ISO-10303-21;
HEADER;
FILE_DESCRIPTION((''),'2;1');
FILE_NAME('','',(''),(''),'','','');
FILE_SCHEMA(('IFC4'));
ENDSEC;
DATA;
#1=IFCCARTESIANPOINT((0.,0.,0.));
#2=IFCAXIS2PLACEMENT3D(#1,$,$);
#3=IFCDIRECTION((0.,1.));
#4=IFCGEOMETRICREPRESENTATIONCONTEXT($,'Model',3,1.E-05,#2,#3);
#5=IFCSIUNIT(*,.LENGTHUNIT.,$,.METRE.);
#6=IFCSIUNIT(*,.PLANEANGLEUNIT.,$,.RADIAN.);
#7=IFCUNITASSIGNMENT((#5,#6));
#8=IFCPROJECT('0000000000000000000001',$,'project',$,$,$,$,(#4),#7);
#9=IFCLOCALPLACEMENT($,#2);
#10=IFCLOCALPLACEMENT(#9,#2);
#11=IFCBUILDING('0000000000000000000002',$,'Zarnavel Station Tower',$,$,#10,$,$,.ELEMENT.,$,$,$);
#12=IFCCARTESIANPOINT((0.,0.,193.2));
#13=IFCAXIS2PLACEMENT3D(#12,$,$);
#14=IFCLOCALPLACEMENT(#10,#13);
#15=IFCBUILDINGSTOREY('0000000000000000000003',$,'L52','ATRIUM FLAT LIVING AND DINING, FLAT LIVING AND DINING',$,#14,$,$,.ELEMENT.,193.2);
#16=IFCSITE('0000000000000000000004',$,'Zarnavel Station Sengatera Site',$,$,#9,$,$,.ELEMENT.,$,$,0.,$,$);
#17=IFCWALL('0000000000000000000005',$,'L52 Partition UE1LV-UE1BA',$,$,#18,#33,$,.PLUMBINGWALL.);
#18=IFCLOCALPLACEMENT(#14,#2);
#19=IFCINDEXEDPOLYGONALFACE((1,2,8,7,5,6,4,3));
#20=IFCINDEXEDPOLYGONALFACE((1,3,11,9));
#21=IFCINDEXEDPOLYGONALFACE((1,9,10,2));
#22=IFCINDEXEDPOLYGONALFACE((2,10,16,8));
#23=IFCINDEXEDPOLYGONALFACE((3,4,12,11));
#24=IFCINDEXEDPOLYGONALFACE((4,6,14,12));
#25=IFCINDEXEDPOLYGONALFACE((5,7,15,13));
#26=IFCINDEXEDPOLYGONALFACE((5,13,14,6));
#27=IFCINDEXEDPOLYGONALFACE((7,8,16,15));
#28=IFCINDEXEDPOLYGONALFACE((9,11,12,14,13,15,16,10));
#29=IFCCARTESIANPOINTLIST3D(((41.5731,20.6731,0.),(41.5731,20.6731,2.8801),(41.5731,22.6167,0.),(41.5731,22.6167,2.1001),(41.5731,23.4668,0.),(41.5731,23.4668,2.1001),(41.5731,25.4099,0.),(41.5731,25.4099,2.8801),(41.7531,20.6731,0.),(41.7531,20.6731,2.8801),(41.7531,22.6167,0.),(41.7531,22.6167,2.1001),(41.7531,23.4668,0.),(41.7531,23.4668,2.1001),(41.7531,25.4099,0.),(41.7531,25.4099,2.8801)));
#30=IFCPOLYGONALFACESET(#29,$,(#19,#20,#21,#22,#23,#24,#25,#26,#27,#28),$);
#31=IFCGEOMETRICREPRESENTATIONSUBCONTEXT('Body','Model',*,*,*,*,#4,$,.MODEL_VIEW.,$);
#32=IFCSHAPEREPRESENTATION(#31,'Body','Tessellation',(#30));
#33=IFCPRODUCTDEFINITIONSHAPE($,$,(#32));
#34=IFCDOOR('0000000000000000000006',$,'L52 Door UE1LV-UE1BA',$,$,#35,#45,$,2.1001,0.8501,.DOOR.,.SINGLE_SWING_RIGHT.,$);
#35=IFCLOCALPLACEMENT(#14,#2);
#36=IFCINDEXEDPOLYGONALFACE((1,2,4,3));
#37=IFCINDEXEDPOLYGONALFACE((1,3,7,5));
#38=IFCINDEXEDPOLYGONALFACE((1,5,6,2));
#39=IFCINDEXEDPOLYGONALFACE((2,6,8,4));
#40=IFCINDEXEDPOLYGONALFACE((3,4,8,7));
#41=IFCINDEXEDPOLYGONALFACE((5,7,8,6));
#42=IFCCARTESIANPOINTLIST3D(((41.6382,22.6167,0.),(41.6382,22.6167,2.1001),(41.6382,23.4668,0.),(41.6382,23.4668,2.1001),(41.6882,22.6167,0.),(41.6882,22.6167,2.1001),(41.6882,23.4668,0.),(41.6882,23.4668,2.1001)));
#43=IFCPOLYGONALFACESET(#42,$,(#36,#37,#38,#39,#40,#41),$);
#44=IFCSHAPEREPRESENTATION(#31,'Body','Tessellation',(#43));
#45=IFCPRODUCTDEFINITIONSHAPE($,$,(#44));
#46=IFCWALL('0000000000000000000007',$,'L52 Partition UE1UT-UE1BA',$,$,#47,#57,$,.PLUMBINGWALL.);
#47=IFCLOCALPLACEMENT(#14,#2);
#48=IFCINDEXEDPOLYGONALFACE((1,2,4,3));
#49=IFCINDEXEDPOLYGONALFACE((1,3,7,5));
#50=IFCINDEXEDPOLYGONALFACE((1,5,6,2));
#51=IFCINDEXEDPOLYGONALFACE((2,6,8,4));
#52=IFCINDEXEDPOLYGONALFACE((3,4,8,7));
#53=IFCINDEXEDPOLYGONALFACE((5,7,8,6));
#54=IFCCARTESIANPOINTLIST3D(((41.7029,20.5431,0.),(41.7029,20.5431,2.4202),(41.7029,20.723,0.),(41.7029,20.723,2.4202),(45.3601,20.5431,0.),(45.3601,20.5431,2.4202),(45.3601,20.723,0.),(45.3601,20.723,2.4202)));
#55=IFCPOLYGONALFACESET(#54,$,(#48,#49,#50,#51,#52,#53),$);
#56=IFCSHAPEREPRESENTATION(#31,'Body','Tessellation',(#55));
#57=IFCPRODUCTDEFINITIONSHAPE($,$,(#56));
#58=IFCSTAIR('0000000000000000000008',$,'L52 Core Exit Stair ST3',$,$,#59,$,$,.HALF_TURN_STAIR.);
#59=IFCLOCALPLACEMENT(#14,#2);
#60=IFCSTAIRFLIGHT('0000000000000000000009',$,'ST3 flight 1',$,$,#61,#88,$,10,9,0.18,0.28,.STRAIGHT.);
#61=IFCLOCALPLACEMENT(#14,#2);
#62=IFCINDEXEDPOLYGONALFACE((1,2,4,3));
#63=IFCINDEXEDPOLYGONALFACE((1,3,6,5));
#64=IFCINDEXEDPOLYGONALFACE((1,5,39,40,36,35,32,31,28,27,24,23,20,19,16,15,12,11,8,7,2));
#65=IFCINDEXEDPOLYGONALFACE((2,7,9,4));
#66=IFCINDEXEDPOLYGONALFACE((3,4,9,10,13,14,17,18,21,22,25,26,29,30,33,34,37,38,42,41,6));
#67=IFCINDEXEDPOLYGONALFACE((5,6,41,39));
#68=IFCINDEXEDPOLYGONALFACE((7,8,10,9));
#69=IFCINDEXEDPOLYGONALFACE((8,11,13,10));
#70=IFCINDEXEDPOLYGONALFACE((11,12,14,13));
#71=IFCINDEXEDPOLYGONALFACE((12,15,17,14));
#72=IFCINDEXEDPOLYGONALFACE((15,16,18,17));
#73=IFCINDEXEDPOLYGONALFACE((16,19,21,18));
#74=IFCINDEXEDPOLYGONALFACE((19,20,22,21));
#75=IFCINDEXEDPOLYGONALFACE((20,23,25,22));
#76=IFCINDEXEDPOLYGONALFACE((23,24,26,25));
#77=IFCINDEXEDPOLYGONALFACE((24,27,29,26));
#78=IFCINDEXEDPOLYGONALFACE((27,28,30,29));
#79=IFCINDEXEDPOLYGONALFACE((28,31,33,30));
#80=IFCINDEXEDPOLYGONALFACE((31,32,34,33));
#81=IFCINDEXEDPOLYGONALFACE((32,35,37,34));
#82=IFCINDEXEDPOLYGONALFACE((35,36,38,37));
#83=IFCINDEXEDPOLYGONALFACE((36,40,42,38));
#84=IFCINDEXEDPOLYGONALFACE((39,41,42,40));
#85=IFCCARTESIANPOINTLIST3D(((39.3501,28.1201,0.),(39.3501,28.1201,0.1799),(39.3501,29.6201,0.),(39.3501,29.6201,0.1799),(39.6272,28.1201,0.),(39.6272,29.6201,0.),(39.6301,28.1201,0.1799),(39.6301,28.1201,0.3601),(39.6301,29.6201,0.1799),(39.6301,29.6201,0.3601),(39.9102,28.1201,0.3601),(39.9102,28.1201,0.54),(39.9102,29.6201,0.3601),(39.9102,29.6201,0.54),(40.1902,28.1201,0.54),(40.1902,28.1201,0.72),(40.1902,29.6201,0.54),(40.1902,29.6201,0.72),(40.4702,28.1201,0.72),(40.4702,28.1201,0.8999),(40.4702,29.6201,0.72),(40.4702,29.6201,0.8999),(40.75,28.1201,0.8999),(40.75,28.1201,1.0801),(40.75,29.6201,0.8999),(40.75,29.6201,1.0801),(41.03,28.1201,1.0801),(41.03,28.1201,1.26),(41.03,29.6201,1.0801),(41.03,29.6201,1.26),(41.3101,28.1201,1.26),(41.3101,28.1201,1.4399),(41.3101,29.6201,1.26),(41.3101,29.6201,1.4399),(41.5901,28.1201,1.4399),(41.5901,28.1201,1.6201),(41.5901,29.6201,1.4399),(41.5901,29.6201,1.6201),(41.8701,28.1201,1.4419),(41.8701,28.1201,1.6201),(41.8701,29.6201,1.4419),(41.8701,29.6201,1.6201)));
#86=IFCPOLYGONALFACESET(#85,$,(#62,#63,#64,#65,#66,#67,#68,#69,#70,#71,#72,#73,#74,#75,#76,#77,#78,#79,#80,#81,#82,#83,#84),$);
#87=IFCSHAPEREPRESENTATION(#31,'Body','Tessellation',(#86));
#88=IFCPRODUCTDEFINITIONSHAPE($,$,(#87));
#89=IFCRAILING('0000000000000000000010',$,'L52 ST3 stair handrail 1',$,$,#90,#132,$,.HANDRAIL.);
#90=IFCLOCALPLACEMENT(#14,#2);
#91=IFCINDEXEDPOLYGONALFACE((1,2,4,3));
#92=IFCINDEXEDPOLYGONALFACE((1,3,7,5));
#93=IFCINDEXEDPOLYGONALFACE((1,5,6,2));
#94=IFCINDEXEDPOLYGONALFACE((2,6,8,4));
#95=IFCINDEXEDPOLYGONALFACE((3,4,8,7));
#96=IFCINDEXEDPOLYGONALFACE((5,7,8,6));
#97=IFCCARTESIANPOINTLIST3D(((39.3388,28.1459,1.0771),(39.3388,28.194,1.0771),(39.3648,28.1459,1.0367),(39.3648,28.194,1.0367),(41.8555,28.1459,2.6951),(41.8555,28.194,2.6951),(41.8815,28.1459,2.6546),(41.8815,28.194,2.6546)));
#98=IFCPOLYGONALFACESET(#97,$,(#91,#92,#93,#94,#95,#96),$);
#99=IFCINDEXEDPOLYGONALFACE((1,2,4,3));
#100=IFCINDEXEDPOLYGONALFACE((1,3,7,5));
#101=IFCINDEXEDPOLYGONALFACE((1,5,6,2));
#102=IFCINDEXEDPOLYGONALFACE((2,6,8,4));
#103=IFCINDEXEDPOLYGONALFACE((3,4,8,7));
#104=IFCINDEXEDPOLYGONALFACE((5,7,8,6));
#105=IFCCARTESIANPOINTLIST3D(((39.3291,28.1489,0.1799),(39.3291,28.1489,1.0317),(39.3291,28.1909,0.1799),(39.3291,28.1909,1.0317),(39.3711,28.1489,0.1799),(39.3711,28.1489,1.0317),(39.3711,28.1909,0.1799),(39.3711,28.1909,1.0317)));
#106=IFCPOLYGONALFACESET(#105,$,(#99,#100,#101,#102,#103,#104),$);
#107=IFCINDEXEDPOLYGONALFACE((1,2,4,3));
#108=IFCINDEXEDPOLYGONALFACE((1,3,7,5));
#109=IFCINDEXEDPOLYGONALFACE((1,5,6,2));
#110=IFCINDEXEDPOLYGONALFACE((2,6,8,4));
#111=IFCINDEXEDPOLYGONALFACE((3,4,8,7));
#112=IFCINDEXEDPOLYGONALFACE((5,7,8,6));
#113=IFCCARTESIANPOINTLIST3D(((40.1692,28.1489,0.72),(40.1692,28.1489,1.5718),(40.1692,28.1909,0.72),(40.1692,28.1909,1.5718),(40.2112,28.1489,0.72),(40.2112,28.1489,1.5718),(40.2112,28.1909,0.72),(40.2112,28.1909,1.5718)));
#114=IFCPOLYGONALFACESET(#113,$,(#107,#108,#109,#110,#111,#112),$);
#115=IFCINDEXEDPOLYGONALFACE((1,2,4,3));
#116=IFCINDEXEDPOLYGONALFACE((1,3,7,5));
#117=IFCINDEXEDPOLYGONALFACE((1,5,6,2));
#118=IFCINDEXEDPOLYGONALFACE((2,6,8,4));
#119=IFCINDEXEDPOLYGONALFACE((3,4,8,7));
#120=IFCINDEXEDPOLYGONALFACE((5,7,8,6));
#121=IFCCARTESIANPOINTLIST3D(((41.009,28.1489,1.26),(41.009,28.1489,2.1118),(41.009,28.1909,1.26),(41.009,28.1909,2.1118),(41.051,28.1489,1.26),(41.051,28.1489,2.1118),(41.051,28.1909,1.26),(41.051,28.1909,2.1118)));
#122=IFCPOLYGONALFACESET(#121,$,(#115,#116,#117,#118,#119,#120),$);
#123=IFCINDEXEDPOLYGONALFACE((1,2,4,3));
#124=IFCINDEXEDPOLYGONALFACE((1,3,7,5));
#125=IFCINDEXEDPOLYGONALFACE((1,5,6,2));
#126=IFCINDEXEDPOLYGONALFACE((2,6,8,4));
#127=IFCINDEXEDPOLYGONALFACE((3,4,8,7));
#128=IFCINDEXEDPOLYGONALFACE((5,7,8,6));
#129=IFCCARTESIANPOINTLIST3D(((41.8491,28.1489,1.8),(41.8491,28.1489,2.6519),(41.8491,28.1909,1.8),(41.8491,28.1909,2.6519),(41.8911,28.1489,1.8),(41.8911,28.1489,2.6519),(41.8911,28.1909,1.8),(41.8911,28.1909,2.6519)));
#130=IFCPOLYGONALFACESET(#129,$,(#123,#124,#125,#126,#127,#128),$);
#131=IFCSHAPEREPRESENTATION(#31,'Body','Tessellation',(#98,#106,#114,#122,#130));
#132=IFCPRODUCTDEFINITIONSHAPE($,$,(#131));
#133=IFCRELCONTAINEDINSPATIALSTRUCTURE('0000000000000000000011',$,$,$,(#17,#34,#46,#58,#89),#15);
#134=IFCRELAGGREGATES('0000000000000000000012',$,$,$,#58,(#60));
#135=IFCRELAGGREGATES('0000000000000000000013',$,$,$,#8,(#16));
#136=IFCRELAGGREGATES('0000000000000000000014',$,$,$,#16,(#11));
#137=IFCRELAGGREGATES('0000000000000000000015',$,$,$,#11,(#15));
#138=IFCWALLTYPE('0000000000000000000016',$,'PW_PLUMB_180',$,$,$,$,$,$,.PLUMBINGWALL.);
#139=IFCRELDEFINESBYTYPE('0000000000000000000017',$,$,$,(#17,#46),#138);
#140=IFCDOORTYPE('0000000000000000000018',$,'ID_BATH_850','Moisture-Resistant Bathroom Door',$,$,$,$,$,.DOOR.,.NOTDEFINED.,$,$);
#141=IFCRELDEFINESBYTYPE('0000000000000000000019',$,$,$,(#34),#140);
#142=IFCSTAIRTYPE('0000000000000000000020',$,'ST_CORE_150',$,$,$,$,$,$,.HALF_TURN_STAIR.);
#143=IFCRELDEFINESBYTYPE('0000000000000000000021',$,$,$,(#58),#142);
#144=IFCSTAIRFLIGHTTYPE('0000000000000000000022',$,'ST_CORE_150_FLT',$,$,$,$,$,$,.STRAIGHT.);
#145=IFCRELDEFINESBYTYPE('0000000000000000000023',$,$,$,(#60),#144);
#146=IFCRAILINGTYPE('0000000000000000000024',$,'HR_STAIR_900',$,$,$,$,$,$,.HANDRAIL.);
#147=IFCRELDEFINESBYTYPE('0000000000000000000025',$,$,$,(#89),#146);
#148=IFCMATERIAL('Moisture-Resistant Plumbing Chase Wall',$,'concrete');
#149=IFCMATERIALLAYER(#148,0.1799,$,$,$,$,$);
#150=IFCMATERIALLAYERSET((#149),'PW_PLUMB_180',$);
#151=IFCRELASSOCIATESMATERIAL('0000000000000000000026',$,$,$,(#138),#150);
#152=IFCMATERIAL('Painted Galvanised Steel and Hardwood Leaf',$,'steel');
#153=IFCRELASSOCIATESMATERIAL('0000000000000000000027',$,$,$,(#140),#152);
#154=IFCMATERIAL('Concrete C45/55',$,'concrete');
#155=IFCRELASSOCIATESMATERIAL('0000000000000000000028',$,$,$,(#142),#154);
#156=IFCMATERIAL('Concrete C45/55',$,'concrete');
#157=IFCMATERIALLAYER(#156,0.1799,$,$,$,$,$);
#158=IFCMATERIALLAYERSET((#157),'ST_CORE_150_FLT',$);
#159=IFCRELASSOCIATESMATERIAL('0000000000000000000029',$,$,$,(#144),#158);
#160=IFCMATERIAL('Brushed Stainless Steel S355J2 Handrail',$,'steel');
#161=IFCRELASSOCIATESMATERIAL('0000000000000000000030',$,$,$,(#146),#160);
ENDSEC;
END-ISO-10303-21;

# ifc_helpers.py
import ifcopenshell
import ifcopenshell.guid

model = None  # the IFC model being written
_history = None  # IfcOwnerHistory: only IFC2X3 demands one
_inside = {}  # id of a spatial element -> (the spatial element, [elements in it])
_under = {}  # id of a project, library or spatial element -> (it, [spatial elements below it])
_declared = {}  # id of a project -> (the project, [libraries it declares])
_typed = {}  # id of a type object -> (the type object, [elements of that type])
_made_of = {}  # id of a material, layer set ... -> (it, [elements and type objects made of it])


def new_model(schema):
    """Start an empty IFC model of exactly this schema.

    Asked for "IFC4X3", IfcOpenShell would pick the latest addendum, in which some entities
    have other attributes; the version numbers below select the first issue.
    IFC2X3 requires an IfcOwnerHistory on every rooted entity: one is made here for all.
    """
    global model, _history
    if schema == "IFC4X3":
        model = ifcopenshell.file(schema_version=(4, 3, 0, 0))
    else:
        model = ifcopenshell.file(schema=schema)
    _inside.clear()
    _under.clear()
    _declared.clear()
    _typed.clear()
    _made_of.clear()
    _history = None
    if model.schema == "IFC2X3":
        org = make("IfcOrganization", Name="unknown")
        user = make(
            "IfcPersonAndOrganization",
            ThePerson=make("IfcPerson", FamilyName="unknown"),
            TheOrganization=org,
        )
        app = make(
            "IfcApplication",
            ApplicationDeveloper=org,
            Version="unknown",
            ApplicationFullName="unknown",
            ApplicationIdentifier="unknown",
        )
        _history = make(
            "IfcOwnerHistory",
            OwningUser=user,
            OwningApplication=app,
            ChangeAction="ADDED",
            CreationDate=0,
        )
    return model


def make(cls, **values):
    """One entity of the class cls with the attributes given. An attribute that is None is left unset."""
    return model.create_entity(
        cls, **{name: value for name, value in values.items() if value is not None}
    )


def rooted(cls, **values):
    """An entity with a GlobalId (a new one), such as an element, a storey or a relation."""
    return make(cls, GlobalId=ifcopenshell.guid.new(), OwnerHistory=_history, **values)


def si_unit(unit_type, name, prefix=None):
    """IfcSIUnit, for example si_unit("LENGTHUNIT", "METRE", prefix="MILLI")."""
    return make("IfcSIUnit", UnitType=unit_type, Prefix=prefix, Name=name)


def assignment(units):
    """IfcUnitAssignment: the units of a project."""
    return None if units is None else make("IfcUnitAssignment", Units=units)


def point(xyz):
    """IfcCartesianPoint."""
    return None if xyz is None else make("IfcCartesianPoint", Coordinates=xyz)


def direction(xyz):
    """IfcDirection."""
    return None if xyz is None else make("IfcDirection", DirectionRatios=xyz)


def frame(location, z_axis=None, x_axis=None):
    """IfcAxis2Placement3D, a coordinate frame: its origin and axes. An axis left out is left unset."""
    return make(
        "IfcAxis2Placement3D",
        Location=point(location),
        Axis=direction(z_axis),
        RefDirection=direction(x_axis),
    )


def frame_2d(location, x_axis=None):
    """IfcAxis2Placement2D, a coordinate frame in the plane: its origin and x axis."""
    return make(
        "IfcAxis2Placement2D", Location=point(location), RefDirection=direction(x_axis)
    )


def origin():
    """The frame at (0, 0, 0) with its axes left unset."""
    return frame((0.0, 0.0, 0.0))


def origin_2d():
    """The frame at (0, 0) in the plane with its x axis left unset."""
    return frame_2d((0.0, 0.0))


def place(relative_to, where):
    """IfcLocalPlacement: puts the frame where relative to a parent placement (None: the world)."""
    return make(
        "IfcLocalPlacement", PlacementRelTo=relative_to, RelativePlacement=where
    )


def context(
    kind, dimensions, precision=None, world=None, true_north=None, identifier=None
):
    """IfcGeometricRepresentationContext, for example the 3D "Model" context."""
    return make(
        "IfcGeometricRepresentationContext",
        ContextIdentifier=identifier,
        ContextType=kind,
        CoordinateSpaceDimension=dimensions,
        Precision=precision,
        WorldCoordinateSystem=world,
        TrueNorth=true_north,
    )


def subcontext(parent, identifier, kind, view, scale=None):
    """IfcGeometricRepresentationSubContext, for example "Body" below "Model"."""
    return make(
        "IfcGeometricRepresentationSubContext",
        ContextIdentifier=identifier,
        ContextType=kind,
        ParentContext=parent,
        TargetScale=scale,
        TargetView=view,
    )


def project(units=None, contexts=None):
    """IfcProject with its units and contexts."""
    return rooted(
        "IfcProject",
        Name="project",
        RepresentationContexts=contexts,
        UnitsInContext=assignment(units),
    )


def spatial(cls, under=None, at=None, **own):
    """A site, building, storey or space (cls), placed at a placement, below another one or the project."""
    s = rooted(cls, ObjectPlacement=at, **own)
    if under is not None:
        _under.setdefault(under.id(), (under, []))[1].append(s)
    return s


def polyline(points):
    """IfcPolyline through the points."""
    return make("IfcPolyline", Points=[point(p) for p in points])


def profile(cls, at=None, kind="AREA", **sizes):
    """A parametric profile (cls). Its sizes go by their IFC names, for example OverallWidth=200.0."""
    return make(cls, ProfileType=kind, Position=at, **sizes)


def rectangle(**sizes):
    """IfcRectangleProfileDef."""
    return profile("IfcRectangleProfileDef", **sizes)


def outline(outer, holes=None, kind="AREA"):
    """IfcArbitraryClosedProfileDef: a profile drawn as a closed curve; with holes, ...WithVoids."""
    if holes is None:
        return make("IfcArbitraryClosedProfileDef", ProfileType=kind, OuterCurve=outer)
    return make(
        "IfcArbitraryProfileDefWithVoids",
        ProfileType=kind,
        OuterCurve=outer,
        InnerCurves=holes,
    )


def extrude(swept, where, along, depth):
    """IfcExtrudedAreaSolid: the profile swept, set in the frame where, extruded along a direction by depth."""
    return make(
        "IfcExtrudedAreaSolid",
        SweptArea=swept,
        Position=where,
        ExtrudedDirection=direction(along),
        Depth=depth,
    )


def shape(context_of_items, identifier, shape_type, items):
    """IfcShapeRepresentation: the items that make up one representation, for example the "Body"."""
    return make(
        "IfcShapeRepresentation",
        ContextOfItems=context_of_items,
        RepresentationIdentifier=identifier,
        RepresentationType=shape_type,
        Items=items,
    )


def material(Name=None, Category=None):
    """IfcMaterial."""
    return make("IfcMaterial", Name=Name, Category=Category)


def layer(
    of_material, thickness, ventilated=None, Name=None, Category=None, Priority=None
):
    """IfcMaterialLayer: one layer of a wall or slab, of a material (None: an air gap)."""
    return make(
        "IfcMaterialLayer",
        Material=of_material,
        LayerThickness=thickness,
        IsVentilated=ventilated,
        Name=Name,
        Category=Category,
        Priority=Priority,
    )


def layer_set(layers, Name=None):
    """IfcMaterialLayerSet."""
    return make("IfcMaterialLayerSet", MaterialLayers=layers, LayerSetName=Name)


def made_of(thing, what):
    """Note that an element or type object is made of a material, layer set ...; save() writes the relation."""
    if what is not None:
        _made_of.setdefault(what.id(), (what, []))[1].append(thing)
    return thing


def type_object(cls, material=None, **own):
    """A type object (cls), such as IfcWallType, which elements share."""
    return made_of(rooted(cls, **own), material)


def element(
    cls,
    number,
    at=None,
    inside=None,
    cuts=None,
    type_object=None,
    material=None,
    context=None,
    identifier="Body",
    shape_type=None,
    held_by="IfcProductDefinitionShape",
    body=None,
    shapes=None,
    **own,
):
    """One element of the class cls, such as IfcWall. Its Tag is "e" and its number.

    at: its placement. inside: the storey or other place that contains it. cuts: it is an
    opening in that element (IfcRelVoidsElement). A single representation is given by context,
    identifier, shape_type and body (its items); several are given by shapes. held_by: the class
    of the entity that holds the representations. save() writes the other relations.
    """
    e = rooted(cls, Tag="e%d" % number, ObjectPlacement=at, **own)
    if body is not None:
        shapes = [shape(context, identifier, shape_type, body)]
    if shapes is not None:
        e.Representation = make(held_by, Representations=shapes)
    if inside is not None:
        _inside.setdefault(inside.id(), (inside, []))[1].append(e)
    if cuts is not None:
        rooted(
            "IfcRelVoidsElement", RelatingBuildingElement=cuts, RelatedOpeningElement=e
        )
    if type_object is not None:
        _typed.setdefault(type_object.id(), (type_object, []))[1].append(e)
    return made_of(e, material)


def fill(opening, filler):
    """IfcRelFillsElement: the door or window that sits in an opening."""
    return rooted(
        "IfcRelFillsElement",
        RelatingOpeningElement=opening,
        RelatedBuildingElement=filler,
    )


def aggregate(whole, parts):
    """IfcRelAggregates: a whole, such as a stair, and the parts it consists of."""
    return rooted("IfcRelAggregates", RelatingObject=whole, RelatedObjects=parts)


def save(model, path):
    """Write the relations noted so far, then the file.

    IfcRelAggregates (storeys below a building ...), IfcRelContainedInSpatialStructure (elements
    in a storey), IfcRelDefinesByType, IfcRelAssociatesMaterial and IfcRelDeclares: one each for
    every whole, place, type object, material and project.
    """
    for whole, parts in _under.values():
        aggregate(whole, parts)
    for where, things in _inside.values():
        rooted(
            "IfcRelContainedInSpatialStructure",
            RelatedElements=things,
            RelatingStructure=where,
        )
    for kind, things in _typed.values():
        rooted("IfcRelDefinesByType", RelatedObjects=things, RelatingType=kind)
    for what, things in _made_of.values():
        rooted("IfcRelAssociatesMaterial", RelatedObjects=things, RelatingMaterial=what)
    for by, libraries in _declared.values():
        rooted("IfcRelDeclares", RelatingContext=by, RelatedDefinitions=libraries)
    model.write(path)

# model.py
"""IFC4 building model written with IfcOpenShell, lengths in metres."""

from ifc_helpers import new_model, si_unit, direction, frame, frame_2d, origin, origin_2d, place, context, subcontext, project, spatial, polyline, rectangle, outline, extrude, material, layer, layer_set, type_object, element, fill, aggregate, save


model = new_model("IFC4")

# Units and contexts
model_context = context("Model", 3, precision=1e-05, world=origin(), true_north=direction((0.0, 1.0)))
body_context = subcontext(model_context, "Body", "Model", "MODEL_VIEW")
ifc_project = project(units=[si_unit("LENGTHUNIT", "METRE"), si_unit("PLANEANGLEUNIT", "RADIAN")], contexts=[model_context])

# Site, building, storey
site_placement = place(None, origin())
site = spatial("IfcSite", under=ifc_project, at=site_placement, Name="Zarnavel Station Sengatera Site", CompositionType="ELEMENT", RefElevation=0.0)
building_placement = place(site_placement, origin())
building = spatial("IfcBuilding", under=site, at=building_placement, Name="Zarnavel Station Tower", CompositionType="ELEMENT")
storey_placement = place(building_placement, frame((0.0, 0.0, 193.2)))
storey = spatial("IfcBuildingStorey", under=building, at=storey_placement, Name="L52", Description="ATRIUM FLAT LIVING AND DINING, FLAT LIVING AND DINING", CompositionType="ELEMENT", Elevation=193.2)

# Wall, opening, door
ifc_material_1 = material(Name="Moisture-Resistant Plumbing Chase Wall", Category="concrete")
ifc_layer_1 = layer(ifc_material_1, 0.1799)
ifc_layer_set_1 = layer_set([ifc_layer_1], Name="PW_PLUMB_180")
wall_type_1 = type_object("IfcWallType", Name="PW_PLUMB_180", PredefinedType="PLUMBINGWALL", material=ifc_layer_set_1)
wall_1_placement = place(storey_placement, frame((41.6631, 20.6731, 0.0), z_axis=(0.0, 0.0, 1.0), x_axis=(0.0, 1.0, 0.0)))
wall_1 = element("IfcWall", 1, at=wall_1_placement, inside=storey, type_object=wall_type_1, Name="L52 Partition UE1LV-UE1BA", PredefinedType="PLUMBINGWALL", context=body_context, shape_type="SweptSolid", body=[
    extrude(rectangle(XDim=4.7368, YDim=0.1799, at=frame_2d((2.3684, 0.0))), origin(), (0.0, 0.0, 1.0), 2.8801),
])
opening_1_placement = place(wall_1_placement, frame((1.9436, 0.0, 0.0)))
opening_1 = element("IfcOpeningElement", 2, at=opening_1_placement, cuts=wall_1, PredefinedType="OPENING", context=body_context, shape_type="SweptSolid", body=[
    extrude(rectangle(XDim=0.8501, YDim=2.1001, at=frame_2d((0.425, 1.05))), frame((0.0, 0.0999, 0.0), z_axis=(0.0, -1.0, 0.0), x_axis=(1.0, 0.0, 0.0)), (0.0, 0.0, 1.0), 0.2),
])
ifc_material_2 = material(Name="Painted Galvanised Steel and Hardwood Leaf", Category="steel")
door_type_1 = type_object("IfcDoorType", Name="ID_BATH_850", Description="Moisture-Resistant Bathroom Door", OperationType="NOTDEFINED", PredefinedType="DOOR", material=ifc_material_2)
door_1_placement = place(opening_1_placement, origin())
door_1 = element("IfcDoor", 3, at=door_1_placement, inside=storey, type_object=door_type_1, Name="L52 Door UE1LV-UE1BA", OperationType="SINGLE_SWING_RIGHT", OverallHeight=2.1001, OverallWidth=0.8501, PredefinedType="DOOR", context=body_context, shape_type="SweptSolid", body=[
    extrude(rectangle(XDim=0.8501, YDim=2.1001, at=frame_2d((0.425, 1.05))), frame((0.0, 0.0249, 0.0), z_axis=(0.0, -1.0, 0.0), x_axis=(1.0, 0.0, 0.0)), (0.0, 0.0, 1.0), 0.05),
])
fill(opening_1, door_1)

# Wall
wall_2_placement = place(storey_placement, frame((41.7029, 20.6331, 0.0), z_axis=(0.0, 0.0, 1.0), x_axis=(1.0, 0.0, 0.0)))
element("IfcWall", 4, at=wall_2_placement, inside=storey, type_object=wall_type_1, Name="L52 Partition UE1UT-UE1BA", PredefinedType="PLUMBINGWALL", context=body_context, shape_type="SweptSolid", body=[
    extrude(rectangle(XDim=3.6572, YDim=0.1799, at=frame_2d((1.8286, 0.0))), origin(), (0.0, 0.0, 1.0), 2.4202),
])

# Stair, stair flight
ifc_material_3 = material(Name="Concrete C45/55", Category="concrete")
stair_type = type_object("IfcStairType", Name="ST_CORE_150", PredefinedType="HALF_TURN_STAIR", material=ifc_material_3)
stair_placement = place(storey_placement, origin())
stair = element("IfcStair", 5, at=stair_placement, inside=storey, type_object=stair_type, Name="L52 Core Exit Stair ST3", PredefinedType="HALF_TURN_STAIR")
ifc_material_4 = material(Name="Concrete C45/55", Category="concrete")
ifc_layer_2 = layer(ifc_material_4, 0.1799)
ifc_layer_set_2 = layer_set([ifc_layer_2], Name="ST_CORE_150_FLT")
stair_flight_type = type_object("IfcStairFlightType", Name="ST_CORE_150_FLT", PredefinedType="STRAIGHT", material=ifc_layer_set_2)
stair_flight_placement = place(storey_placement, frame((39.3501, 28.8701, 0.0), z_axis=(0.0, 0.0, 1.0), x_axis=(1.0, 0.0, 0.0)))
stair_flight = element("IfcStairFlight", 6, at=stair_flight_placement, type_object=stair_flight_type, Name="ST3 flight 1", NumberOfRisers=10, NumberOfTreads=9, PredefinedType="STRAIGHT", RiserHeight=0.18, TreadLength=0.28, context=body_context, shape_type="SweptSolid", body=[
    extrude(outline(polyline([(0.0, 0.0), (0.0, 0.1799), (0.28, 0.1799), (0.28, 0.3601), (0.5601, 0.3601), (0.5601, 0.54), (0.8401, 0.54), (0.8401, 0.72), (1.1201, 0.72), (1.1201, 0.8999), (1.3999, 0.8999), (1.3999, 1.0801), (1.6799, 1.0801), (1.6799, 1.26), (1.96, 1.26), (1.96, 1.4399), (2.24, 1.4399), (2.24, 1.6201), (2.52, 1.6201), (2.52, 1.8), (2.52, 1.4419), (0.2771, 0.0), (0.0, 0.0)])), frame((0.0, 0.75, 0.0), z_axis=(0.0, -1.0, 0.0), x_axis=(1.0, 0.0, 0.0)), (0.0, 0.0, 1.0), 1.5),
])
aggregate(stair, [stair_flight])

# Railing
ifc_material_5 = material(Name="Brushed Stainless Steel S355J2 Handrail", Category="steel")
railing_type = type_object("IfcRailingType", Name="HR_STAIR_900", PredefinedType="HANDRAIL", material=ifc_material_5)
railing_placement = place(storey_placement, frame((39.3501, 28.1699, 0.1799)))
element("IfcRailing", 7, at=railing_placement, inside=storey, type_object=railing_type, Name="L52 ST3 stair handrail 1", PredefinedType="HANDRAIL", context=body_context, shape_type="SweptSolid", body=[
    extrude(rectangle(XDim=0.0481, YDim=0.0481, at=origin_2d()), frame((0.0017, 0.0, 0.877), z_axis=(0.841163, 0.0, 0.540782), x_axis=(0.0, 1.0, 0.0)), (0.0, 0.0, 1.0), 2.9919),
    extrude(rectangle(XDim=0.042, YDim=0.042, at=origin_2d()), origin(), (0.0, 0.0, 1.0), 0.8518),
    extrude(rectangle(XDim=0.042, YDim=0.042, at=origin_2d()), frame((0.8401, 0.0, 0.54)), (0.0, 0.0, 1.0), 0.8518),
    extrude(rectangle(XDim=0.042, YDim=0.042, at=origin_2d()), frame((1.6799, 0.0, 1.0801)), (0.0, 0.0, 1.0), 0.8518),
    extrude(rectangle(XDim=0.042, YDim=0.042, at=origin_2d()), frame((2.52, 0.0, 1.6201)), (0.0, 0.0, 1.0), 0.8518),
])

save(model, "model.ifc")
